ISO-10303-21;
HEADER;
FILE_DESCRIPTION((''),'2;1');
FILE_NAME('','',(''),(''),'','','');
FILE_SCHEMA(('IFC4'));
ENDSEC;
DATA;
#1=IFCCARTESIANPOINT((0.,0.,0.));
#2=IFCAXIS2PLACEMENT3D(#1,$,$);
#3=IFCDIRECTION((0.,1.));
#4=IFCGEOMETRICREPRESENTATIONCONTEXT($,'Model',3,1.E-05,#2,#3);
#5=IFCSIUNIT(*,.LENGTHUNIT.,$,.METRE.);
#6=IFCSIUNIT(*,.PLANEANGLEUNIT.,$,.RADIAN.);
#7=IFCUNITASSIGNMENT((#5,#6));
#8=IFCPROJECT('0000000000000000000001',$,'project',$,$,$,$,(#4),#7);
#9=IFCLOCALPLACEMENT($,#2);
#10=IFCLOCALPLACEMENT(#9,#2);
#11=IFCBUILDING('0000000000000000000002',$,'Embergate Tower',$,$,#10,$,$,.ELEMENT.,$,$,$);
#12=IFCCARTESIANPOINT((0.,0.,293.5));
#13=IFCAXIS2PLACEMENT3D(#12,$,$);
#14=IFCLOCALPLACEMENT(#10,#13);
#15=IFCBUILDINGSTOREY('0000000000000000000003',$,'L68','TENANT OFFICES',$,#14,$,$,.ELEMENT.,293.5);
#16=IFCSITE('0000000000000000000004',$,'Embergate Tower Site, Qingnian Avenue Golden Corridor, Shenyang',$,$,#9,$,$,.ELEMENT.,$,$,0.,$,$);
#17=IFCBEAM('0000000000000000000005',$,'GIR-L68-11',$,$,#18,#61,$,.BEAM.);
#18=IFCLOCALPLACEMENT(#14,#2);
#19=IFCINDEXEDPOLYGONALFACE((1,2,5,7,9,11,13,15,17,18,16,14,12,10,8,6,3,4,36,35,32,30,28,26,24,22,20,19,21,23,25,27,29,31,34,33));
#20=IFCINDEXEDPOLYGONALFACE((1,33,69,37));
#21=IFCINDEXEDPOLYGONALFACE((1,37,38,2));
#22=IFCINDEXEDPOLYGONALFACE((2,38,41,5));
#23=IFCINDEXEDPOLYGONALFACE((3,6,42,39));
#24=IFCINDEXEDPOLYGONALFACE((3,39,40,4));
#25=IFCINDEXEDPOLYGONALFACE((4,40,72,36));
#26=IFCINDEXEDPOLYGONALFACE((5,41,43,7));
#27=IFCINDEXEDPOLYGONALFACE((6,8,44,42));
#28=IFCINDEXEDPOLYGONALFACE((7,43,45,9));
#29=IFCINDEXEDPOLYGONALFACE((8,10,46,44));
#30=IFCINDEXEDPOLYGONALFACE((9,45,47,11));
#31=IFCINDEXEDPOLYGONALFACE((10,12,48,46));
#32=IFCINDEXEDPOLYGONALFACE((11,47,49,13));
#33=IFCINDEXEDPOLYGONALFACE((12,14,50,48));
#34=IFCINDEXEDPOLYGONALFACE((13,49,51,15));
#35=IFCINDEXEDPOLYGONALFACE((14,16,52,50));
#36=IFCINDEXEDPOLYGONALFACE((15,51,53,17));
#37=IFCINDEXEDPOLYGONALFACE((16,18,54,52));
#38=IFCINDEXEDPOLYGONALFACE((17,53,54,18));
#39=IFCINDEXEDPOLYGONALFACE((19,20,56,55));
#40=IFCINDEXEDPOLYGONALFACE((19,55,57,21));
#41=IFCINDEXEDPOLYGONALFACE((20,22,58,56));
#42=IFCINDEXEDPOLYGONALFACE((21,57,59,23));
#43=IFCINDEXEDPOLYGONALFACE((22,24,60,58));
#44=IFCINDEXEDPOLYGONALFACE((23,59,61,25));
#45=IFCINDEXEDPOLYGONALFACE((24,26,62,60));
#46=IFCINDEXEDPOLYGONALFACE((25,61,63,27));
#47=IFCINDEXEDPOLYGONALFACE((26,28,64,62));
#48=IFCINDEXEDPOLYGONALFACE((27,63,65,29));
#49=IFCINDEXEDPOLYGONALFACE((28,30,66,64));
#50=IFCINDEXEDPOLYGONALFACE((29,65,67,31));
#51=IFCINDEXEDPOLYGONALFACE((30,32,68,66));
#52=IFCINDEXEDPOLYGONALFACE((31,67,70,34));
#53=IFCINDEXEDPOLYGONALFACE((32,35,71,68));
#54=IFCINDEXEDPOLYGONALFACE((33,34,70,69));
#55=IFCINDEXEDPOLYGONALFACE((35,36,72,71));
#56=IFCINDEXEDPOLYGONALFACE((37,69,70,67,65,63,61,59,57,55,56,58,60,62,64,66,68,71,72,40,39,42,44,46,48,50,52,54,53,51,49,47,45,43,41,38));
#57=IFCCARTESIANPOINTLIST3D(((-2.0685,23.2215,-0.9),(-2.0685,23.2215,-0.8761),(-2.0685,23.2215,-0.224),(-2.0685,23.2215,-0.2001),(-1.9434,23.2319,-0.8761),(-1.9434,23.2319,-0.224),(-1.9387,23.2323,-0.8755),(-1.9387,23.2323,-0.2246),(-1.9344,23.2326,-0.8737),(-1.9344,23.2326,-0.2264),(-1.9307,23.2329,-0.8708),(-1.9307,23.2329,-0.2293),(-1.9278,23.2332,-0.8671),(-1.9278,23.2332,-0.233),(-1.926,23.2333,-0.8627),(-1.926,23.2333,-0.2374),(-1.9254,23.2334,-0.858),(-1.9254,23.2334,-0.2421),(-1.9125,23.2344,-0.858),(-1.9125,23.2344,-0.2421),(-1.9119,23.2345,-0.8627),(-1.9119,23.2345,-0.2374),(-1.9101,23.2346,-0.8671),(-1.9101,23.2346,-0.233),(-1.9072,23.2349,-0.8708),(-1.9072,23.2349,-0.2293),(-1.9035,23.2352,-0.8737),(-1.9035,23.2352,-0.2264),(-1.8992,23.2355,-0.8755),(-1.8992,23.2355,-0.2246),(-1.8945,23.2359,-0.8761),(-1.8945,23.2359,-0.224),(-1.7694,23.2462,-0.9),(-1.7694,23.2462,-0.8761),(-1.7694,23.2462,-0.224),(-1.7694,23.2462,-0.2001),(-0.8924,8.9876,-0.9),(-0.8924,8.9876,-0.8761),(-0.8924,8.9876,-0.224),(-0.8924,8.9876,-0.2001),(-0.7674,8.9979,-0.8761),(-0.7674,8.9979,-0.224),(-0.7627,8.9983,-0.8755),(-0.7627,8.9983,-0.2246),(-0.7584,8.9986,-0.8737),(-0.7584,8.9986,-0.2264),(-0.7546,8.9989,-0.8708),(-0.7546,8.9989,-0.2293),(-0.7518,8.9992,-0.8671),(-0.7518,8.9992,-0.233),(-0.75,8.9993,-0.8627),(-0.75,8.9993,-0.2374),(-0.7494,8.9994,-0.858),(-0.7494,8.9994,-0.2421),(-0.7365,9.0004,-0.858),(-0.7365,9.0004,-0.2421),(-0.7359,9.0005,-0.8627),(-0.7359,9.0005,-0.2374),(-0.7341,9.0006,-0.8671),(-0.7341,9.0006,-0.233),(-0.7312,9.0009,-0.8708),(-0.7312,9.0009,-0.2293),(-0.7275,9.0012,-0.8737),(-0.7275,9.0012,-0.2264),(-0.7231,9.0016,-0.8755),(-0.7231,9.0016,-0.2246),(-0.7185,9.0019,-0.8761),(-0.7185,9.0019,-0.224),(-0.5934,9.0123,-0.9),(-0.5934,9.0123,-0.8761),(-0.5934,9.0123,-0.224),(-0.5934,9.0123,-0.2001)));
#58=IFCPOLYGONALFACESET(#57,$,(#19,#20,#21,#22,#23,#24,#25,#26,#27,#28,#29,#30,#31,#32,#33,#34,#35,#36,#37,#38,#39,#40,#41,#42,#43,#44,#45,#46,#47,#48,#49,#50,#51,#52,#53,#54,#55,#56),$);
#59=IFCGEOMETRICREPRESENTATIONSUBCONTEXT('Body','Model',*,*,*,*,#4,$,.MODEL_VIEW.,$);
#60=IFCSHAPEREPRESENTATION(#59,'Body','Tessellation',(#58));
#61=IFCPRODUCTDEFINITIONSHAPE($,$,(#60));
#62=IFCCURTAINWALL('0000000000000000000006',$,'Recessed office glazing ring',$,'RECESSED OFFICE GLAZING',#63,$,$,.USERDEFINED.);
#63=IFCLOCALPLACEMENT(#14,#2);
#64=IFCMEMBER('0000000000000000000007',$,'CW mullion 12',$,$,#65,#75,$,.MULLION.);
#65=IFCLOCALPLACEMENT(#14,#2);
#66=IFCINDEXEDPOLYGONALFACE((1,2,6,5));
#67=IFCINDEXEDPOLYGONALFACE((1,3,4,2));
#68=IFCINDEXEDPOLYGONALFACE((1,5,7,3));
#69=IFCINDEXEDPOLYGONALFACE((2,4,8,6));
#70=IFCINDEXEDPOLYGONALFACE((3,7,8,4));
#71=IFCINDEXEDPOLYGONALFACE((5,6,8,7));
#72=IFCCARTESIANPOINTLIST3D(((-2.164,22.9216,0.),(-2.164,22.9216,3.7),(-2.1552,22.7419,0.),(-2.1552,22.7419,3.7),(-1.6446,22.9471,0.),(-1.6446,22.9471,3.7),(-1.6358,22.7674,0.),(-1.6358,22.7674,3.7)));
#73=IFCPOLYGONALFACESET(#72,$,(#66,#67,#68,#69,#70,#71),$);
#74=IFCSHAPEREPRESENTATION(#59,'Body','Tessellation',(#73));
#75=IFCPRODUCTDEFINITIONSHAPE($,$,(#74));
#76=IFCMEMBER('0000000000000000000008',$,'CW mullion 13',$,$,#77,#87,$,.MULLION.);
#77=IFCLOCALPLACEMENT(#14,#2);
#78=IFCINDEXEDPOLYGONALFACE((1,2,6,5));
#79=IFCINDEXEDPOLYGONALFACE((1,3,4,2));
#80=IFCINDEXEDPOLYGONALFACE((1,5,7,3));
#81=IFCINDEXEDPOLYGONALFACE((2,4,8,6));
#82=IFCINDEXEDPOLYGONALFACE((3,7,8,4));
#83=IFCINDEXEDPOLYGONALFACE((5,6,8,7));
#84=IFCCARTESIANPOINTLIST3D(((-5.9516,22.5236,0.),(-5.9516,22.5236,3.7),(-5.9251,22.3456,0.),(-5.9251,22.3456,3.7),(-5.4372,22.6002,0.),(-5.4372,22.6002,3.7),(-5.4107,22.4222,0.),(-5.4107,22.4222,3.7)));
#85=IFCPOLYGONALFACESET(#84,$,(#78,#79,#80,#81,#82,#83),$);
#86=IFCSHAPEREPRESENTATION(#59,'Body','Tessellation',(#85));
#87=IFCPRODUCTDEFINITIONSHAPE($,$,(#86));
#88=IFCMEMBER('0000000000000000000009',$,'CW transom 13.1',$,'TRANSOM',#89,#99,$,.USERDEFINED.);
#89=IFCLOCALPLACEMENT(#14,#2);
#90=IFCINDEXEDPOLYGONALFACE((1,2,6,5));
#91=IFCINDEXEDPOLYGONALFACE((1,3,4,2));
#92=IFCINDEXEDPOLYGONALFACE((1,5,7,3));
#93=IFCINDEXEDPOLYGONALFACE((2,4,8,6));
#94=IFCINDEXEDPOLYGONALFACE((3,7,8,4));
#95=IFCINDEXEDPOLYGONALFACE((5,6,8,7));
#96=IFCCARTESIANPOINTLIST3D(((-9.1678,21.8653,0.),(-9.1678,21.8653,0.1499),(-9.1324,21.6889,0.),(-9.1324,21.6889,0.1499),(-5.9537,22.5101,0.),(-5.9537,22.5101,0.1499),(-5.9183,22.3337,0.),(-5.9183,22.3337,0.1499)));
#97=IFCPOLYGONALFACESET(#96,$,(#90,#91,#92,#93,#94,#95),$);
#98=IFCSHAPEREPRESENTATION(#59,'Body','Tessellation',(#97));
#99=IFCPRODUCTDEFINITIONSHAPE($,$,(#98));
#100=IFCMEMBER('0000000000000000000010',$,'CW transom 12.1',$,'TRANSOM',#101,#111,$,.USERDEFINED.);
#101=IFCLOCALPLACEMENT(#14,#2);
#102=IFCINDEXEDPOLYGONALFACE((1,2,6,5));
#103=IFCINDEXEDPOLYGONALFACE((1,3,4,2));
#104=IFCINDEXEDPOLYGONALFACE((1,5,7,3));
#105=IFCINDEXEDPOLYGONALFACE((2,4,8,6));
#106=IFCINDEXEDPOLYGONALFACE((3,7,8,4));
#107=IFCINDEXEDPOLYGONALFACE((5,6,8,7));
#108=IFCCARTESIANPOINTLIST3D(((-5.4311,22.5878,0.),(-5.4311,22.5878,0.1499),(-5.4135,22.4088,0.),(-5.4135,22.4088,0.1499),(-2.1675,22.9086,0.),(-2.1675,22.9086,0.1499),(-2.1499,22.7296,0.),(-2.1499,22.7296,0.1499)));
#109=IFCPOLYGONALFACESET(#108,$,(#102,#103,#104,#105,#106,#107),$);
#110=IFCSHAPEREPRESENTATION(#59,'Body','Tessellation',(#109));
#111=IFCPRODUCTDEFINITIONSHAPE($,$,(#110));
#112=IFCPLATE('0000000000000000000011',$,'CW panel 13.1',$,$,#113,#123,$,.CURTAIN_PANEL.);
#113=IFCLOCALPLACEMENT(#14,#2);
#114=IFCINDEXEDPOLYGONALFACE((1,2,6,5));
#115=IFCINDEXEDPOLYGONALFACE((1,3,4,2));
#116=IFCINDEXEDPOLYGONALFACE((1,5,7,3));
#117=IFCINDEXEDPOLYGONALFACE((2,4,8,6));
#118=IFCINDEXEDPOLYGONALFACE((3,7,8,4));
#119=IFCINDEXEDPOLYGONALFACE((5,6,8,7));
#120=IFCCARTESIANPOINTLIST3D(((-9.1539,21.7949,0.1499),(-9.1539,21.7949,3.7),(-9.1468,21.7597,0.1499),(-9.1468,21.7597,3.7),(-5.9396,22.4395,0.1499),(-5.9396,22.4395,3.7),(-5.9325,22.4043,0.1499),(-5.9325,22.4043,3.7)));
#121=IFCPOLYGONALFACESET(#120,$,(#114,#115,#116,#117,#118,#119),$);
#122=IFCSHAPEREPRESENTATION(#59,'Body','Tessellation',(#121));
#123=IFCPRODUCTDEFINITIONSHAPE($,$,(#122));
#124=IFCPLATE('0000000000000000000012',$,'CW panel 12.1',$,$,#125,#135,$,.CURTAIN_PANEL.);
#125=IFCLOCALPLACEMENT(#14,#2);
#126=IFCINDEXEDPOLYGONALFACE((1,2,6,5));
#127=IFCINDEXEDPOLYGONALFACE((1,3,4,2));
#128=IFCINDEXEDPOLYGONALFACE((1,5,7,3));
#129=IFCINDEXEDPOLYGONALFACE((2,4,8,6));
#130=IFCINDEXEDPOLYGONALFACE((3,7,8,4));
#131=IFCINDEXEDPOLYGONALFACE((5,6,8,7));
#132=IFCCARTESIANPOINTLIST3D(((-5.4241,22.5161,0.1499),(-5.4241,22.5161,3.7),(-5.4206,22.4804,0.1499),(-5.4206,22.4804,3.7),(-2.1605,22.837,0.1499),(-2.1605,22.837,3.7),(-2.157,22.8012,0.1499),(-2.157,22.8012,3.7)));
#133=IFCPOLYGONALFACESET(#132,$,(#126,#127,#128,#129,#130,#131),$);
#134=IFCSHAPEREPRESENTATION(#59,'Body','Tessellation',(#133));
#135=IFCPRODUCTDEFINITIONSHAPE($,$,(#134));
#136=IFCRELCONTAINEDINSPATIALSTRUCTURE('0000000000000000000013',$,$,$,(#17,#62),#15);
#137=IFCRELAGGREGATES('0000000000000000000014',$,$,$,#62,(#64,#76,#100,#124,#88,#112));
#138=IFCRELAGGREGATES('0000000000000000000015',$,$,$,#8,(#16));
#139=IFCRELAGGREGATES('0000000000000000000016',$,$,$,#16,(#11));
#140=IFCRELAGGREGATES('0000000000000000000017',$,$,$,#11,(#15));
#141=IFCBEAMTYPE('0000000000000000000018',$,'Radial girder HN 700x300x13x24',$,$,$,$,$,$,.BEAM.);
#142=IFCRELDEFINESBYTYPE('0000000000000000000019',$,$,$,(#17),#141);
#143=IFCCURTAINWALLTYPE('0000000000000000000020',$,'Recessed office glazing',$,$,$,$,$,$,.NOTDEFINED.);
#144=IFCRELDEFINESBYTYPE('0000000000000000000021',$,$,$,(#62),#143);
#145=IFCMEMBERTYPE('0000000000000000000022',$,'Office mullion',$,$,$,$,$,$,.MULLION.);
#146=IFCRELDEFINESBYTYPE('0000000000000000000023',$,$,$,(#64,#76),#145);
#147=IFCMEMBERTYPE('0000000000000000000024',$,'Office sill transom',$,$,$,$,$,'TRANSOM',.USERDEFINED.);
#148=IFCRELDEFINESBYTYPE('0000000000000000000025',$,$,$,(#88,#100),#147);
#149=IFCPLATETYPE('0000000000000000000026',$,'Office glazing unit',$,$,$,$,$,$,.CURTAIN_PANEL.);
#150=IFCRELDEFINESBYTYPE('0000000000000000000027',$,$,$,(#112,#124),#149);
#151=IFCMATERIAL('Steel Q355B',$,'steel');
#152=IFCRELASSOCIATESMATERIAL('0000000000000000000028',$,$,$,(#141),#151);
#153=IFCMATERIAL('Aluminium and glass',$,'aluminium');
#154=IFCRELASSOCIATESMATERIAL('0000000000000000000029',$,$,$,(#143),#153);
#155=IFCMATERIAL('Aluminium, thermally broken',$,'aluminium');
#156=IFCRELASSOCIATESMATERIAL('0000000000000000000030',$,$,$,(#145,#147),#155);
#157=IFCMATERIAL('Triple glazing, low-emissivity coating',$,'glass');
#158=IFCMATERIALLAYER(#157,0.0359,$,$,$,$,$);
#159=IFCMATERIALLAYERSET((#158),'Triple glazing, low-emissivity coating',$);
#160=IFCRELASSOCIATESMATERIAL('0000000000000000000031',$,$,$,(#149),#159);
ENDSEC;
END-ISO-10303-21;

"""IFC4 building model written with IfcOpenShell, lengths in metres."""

from ifc_helpers import new_model, si_unit, direction, frame, origin, origin_2d, place, context, subcontext, project, spatial, rectangle, i_section, extrude, source, transform, mapped, material, layer, layer_set, material_profile, profile_set, type_object, element, aggregate, save


model = new_model("IFC4")

# Units and contexts
model_context = context("Model", 3, precision=1e-05, world=origin(), true_north=direction((0.0, 1.0)))
body_context = subcontext(model_context, "Body", "Model", "MODEL_VIEW")
ifc_project = project(units=[si_unit("LENGTHUNIT", "METRE"), si_unit("PLANEANGLEUNIT", "RADIAN")], contexts=[model_context])

# Site, building, storey
site_placement = place(None, origin())
site = spatial("IfcSite", under=ifc_project, at=site_placement, Name="Embergate Tower Site, Qingnian Avenue Golden Corridor, Shenyang", CompositionType="ELEMENT", RefElevation=0.0)
building_placement = place(site_placement, origin())
building = spatial("IfcBuilding", under=site, at=building_placement, Name="Embergate Tower", CompositionType="ELEMENT")
storey_placement = place(building_placement, frame((0.0, 0.0, 293.5)))
storey = spatial("IfcBuildingStorey", under=building, at=storey_placement, Name="L68", Description="TENANT OFFICES", CompositionType="ELEMENT", Elevation=293.5)

# Beam
ifc_material_1 = material(Name="Steel Q355B", Category="steel")
ifc_material_profile_1 = material_profile(ifc_material_1, i_section(OverallWidth=0.3, OverallDepth=0.7, WebThickness=0.0129, FlangeThickness=0.0239, FilletRadius=0.0181, at=origin_2d()), Name="HN 700x300x13x24")
ifc_profile_set_1 = profile_set([ifc_material_profile_1], Name="Steel Q355 grade B")
beam_type_1 = type_object("IfcBeamType", Name="Radial girder HN 700x300x13x24", PredefinedType="BEAM", material=ifc_profile_set_1)
shared_shape_1 = source(origin(), body_context, "Body", "SweptSolid", [
    extrude(i_section(OverallWidth=0.3, OverallDepth=0.7, WebThickness=0.0129, FlangeThickness=0.0239, FilletRadius=0.0181, at=origin_2d()), origin(), (0.0, 0.0, 1.0), 14.2825),
])
beam_1_placement = place(storey_placement, frame((-1.9189, 23.2339, -0.55), z_axis=(0.082341, -0.996604, 0.0), x_axis=(0.996604, 0.082341, 0.0)))
element("IfcBeam", 1, at=beam_1_placement, inside=storey, type_object=beam_type_1, Name="GIR-L68-11", PredefinedType="BEAM", context=body_context, shape_type="MappedRepresentation", body=[
    mapped(shared_shape_1, transform((0.0, 0.0, 0.0))),
])

# Curtain wall, members, plates
ifc_material_2 = material(Name="Aluminium and glass", Category="aluminium")
curtain_wall_type = type_object("IfcCurtainWallType", Name="Recessed office glazing", PredefinedType="NOTDEFINED", material=ifc_material_2)
curtain_wall_placement = place(storey_placement, origin())
curtain_wall = element("IfcCurtainWall", 2, at=curtain_wall_placement, inside=storey, type_object=curtain_wall_type, Name="Recessed office glazing ring", ObjectType="RECESSED OFFICE GLAZING", PredefinedType="USERDEFINED")
ifc_material_3 = material(Name="Aluminium, thermally broken", Category="aluminium")
ifc_material_profile_2 = material_profile(ifc_material_3, rectangle(XDim=0.1799, YDim=0.52, at=origin_2d()), Name="AL 520x180")
ifc_profile_set_2 = profile_set([ifc_material_profile_2], Name="Aluminium, thermally broken")
member_type_1 = type_object("IfcMemberType", Name="Office mullion", PredefinedType="MULLION", material=ifc_profile_set_2)
shared_shape_2 = source(origin(), body_context, "Body", "SweptSolid", [
    extrude(rectangle(XDim=0.1799, YDim=0.52, at=origin_2d()), origin(), (0.0, 0.0, 1.0), 3.7),
])
member_1_placement = place(storey_placement, frame((-1.8999, 22.8445, 0.0), z_axis=(0.0, 0.0, 1.0), x_axis=(0.048972, -0.9988, 0.0)))
member_1 = element("IfcMember", 3, at=member_1_placement, type_object=member_type_1, Name="CW mullion 12", PredefinedType="MULLION", context=body_context, shape_type="MappedRepresentation", body=[
    mapped(shared_shape_2, transform((0.0, 0.0, 0.0))),
])
member_2_placement = place(storey_placement, frame((-5.6812, 22.4729, 0.0), z_axis=(0.0, 0.0, 1.0), x_axis=(0.147412, -0.989075, 0.0)))
member_2 = element("IfcMember", 4, at=member_2_placement, type_object=member_type_1, Name="CW mullion 13", PredefinedType="MULLION", context=body_context, shape_type="MappedRepresentation", body=[
    mapped(shared_shape_2, transform((0.0, 0.0, 0.0))),
])
ifc_material_profile_3 = material_profile(ifc_material_3, rectangle(XDim=0.1799, YDim=0.1499, at=origin_2d()), Name="AL 150x180")
ifc_profile_set_3 = profile_set([ifc_material_profile_3], Name="Aluminium, thermally broken")
member_type_2 = type_object("IfcMemberType", Name="Office sill transom", ElementType="TRANSOM", PredefinedType="USERDEFINED", material=ifc_profile_set_3)
shared_shape_3 = source(origin(), body_context, "Body", "SweptSolid", [
    extrude(rectangle(XDim=0.1799, YDim=0.1499, at=origin_2d()), origin(), (0.0, 0.0, 1.0), 3.2781),
])
member_3_placement = place(storey_placement, frame((-5.936, 22.4219, 0.075), z_axis=(-0.980466, -0.196689, 0.0), x_axis=(0.196689, -0.980466, 0.0)))
member_3 = element("IfcMember", 5, at=member_3_placement, type_object=member_type_2, Name="CW transom 13.1", ObjectType="TRANSOM", PredefinedType="USERDEFINED", context=body_context, shape_type="MappedRepresentation", body=[
    mapped(shared_shape_3, transform((0.0, 0.0, 0.0))),
])
shared_shape_4 = source(origin(), body_context, "Body", "SweptSolid", [
    extrude(rectangle(XDim=0.1799, YDim=0.1499, at=origin_2d()), origin(), (0.0, 0.0, 1.0), 3.2793),
])
member_4_placement = place(storey_placement, frame((-2.1587, 22.8191, 0.075), z_axis=(-0.995204, -0.097823, 0.0), x_axis=(0.097823, -0.995204, 0.0)))
member_4 = element("IfcMember", 6, at=member_4_placement, type_object=member_type_2, Name="CW transom 12.1", ObjectType="TRANSOM", PredefinedType="USERDEFINED", context=body_context, shape_type="MappedRepresentation", body=[
    mapped(shared_shape_4, transform((0.0, 0.0, 0.0))),
])
ifc_material_4 = material(Name="Triple glazing, low-emissivity coating", Category="glass")
ifc_layer = layer(ifc_material_4, 0.0359)
ifc_layer_set = layer_set([ifc_layer], Name="Triple glazing, low-emissivity coating")
plate_type = type_object("IfcPlateType", Name="Office glazing unit", PredefinedType="CURTAIN_PANEL", material=ifc_layer_set)
shared_shape_5 = source(origin(), body_context, "Body", "SweptSolid", [
    extrude(rectangle(XDim=3.2783, YDim=0.0359, at=origin_2d()), origin(), (0.0, 0.0, 1.0), 3.55),
])
plate_1_placement = place(storey_placement, frame((-7.5432, 22.0996, 0.1499), z_axis=(0.0, 0.0, 1.0), x_axis=(-0.980476, -0.196641, 0.0)))
plate_1 = element("IfcPlate", 7, at=plate_1_placement, type_object=plate_type, Name="CW panel 13.1", PredefinedType="CURTAIN_PANEL", context=body_context, shape_type="MappedRepresentation", body=[
    mapped(shared_shape_5, transform((0.0, 0.0, 0.0))),
])
shared_shape_6 = source(origin(), body_context, "Body", "SweptSolid", [
    extrude(rectangle(XDim=3.2793, YDim=0.0359, at=origin_2d()), origin(), (0.0, 0.0, 1.0), 3.55),
])
plate_2_placement = place(storey_placement, frame((-3.7905, 22.6587, 0.1499), z_axis=(0.0, 0.0, 1.0), x_axis=(-0.995203, -0.09783, 0.0)))
plate_2 = element("IfcPlate", 8, at=plate_2_placement, type_object=plate_type, Name="CW panel 12.1", PredefinedType="CURTAIN_PANEL", context=body_context, shape_type="MappedRepresentation", body=[
    mapped(shared_shape_6, transform((0.0, 0.0, 0.0))),
])
aggregate(curtain_wall, [member_1, member_2, member_4, plate_2, member_3, plate_1])

save(model, "model.ifc")
